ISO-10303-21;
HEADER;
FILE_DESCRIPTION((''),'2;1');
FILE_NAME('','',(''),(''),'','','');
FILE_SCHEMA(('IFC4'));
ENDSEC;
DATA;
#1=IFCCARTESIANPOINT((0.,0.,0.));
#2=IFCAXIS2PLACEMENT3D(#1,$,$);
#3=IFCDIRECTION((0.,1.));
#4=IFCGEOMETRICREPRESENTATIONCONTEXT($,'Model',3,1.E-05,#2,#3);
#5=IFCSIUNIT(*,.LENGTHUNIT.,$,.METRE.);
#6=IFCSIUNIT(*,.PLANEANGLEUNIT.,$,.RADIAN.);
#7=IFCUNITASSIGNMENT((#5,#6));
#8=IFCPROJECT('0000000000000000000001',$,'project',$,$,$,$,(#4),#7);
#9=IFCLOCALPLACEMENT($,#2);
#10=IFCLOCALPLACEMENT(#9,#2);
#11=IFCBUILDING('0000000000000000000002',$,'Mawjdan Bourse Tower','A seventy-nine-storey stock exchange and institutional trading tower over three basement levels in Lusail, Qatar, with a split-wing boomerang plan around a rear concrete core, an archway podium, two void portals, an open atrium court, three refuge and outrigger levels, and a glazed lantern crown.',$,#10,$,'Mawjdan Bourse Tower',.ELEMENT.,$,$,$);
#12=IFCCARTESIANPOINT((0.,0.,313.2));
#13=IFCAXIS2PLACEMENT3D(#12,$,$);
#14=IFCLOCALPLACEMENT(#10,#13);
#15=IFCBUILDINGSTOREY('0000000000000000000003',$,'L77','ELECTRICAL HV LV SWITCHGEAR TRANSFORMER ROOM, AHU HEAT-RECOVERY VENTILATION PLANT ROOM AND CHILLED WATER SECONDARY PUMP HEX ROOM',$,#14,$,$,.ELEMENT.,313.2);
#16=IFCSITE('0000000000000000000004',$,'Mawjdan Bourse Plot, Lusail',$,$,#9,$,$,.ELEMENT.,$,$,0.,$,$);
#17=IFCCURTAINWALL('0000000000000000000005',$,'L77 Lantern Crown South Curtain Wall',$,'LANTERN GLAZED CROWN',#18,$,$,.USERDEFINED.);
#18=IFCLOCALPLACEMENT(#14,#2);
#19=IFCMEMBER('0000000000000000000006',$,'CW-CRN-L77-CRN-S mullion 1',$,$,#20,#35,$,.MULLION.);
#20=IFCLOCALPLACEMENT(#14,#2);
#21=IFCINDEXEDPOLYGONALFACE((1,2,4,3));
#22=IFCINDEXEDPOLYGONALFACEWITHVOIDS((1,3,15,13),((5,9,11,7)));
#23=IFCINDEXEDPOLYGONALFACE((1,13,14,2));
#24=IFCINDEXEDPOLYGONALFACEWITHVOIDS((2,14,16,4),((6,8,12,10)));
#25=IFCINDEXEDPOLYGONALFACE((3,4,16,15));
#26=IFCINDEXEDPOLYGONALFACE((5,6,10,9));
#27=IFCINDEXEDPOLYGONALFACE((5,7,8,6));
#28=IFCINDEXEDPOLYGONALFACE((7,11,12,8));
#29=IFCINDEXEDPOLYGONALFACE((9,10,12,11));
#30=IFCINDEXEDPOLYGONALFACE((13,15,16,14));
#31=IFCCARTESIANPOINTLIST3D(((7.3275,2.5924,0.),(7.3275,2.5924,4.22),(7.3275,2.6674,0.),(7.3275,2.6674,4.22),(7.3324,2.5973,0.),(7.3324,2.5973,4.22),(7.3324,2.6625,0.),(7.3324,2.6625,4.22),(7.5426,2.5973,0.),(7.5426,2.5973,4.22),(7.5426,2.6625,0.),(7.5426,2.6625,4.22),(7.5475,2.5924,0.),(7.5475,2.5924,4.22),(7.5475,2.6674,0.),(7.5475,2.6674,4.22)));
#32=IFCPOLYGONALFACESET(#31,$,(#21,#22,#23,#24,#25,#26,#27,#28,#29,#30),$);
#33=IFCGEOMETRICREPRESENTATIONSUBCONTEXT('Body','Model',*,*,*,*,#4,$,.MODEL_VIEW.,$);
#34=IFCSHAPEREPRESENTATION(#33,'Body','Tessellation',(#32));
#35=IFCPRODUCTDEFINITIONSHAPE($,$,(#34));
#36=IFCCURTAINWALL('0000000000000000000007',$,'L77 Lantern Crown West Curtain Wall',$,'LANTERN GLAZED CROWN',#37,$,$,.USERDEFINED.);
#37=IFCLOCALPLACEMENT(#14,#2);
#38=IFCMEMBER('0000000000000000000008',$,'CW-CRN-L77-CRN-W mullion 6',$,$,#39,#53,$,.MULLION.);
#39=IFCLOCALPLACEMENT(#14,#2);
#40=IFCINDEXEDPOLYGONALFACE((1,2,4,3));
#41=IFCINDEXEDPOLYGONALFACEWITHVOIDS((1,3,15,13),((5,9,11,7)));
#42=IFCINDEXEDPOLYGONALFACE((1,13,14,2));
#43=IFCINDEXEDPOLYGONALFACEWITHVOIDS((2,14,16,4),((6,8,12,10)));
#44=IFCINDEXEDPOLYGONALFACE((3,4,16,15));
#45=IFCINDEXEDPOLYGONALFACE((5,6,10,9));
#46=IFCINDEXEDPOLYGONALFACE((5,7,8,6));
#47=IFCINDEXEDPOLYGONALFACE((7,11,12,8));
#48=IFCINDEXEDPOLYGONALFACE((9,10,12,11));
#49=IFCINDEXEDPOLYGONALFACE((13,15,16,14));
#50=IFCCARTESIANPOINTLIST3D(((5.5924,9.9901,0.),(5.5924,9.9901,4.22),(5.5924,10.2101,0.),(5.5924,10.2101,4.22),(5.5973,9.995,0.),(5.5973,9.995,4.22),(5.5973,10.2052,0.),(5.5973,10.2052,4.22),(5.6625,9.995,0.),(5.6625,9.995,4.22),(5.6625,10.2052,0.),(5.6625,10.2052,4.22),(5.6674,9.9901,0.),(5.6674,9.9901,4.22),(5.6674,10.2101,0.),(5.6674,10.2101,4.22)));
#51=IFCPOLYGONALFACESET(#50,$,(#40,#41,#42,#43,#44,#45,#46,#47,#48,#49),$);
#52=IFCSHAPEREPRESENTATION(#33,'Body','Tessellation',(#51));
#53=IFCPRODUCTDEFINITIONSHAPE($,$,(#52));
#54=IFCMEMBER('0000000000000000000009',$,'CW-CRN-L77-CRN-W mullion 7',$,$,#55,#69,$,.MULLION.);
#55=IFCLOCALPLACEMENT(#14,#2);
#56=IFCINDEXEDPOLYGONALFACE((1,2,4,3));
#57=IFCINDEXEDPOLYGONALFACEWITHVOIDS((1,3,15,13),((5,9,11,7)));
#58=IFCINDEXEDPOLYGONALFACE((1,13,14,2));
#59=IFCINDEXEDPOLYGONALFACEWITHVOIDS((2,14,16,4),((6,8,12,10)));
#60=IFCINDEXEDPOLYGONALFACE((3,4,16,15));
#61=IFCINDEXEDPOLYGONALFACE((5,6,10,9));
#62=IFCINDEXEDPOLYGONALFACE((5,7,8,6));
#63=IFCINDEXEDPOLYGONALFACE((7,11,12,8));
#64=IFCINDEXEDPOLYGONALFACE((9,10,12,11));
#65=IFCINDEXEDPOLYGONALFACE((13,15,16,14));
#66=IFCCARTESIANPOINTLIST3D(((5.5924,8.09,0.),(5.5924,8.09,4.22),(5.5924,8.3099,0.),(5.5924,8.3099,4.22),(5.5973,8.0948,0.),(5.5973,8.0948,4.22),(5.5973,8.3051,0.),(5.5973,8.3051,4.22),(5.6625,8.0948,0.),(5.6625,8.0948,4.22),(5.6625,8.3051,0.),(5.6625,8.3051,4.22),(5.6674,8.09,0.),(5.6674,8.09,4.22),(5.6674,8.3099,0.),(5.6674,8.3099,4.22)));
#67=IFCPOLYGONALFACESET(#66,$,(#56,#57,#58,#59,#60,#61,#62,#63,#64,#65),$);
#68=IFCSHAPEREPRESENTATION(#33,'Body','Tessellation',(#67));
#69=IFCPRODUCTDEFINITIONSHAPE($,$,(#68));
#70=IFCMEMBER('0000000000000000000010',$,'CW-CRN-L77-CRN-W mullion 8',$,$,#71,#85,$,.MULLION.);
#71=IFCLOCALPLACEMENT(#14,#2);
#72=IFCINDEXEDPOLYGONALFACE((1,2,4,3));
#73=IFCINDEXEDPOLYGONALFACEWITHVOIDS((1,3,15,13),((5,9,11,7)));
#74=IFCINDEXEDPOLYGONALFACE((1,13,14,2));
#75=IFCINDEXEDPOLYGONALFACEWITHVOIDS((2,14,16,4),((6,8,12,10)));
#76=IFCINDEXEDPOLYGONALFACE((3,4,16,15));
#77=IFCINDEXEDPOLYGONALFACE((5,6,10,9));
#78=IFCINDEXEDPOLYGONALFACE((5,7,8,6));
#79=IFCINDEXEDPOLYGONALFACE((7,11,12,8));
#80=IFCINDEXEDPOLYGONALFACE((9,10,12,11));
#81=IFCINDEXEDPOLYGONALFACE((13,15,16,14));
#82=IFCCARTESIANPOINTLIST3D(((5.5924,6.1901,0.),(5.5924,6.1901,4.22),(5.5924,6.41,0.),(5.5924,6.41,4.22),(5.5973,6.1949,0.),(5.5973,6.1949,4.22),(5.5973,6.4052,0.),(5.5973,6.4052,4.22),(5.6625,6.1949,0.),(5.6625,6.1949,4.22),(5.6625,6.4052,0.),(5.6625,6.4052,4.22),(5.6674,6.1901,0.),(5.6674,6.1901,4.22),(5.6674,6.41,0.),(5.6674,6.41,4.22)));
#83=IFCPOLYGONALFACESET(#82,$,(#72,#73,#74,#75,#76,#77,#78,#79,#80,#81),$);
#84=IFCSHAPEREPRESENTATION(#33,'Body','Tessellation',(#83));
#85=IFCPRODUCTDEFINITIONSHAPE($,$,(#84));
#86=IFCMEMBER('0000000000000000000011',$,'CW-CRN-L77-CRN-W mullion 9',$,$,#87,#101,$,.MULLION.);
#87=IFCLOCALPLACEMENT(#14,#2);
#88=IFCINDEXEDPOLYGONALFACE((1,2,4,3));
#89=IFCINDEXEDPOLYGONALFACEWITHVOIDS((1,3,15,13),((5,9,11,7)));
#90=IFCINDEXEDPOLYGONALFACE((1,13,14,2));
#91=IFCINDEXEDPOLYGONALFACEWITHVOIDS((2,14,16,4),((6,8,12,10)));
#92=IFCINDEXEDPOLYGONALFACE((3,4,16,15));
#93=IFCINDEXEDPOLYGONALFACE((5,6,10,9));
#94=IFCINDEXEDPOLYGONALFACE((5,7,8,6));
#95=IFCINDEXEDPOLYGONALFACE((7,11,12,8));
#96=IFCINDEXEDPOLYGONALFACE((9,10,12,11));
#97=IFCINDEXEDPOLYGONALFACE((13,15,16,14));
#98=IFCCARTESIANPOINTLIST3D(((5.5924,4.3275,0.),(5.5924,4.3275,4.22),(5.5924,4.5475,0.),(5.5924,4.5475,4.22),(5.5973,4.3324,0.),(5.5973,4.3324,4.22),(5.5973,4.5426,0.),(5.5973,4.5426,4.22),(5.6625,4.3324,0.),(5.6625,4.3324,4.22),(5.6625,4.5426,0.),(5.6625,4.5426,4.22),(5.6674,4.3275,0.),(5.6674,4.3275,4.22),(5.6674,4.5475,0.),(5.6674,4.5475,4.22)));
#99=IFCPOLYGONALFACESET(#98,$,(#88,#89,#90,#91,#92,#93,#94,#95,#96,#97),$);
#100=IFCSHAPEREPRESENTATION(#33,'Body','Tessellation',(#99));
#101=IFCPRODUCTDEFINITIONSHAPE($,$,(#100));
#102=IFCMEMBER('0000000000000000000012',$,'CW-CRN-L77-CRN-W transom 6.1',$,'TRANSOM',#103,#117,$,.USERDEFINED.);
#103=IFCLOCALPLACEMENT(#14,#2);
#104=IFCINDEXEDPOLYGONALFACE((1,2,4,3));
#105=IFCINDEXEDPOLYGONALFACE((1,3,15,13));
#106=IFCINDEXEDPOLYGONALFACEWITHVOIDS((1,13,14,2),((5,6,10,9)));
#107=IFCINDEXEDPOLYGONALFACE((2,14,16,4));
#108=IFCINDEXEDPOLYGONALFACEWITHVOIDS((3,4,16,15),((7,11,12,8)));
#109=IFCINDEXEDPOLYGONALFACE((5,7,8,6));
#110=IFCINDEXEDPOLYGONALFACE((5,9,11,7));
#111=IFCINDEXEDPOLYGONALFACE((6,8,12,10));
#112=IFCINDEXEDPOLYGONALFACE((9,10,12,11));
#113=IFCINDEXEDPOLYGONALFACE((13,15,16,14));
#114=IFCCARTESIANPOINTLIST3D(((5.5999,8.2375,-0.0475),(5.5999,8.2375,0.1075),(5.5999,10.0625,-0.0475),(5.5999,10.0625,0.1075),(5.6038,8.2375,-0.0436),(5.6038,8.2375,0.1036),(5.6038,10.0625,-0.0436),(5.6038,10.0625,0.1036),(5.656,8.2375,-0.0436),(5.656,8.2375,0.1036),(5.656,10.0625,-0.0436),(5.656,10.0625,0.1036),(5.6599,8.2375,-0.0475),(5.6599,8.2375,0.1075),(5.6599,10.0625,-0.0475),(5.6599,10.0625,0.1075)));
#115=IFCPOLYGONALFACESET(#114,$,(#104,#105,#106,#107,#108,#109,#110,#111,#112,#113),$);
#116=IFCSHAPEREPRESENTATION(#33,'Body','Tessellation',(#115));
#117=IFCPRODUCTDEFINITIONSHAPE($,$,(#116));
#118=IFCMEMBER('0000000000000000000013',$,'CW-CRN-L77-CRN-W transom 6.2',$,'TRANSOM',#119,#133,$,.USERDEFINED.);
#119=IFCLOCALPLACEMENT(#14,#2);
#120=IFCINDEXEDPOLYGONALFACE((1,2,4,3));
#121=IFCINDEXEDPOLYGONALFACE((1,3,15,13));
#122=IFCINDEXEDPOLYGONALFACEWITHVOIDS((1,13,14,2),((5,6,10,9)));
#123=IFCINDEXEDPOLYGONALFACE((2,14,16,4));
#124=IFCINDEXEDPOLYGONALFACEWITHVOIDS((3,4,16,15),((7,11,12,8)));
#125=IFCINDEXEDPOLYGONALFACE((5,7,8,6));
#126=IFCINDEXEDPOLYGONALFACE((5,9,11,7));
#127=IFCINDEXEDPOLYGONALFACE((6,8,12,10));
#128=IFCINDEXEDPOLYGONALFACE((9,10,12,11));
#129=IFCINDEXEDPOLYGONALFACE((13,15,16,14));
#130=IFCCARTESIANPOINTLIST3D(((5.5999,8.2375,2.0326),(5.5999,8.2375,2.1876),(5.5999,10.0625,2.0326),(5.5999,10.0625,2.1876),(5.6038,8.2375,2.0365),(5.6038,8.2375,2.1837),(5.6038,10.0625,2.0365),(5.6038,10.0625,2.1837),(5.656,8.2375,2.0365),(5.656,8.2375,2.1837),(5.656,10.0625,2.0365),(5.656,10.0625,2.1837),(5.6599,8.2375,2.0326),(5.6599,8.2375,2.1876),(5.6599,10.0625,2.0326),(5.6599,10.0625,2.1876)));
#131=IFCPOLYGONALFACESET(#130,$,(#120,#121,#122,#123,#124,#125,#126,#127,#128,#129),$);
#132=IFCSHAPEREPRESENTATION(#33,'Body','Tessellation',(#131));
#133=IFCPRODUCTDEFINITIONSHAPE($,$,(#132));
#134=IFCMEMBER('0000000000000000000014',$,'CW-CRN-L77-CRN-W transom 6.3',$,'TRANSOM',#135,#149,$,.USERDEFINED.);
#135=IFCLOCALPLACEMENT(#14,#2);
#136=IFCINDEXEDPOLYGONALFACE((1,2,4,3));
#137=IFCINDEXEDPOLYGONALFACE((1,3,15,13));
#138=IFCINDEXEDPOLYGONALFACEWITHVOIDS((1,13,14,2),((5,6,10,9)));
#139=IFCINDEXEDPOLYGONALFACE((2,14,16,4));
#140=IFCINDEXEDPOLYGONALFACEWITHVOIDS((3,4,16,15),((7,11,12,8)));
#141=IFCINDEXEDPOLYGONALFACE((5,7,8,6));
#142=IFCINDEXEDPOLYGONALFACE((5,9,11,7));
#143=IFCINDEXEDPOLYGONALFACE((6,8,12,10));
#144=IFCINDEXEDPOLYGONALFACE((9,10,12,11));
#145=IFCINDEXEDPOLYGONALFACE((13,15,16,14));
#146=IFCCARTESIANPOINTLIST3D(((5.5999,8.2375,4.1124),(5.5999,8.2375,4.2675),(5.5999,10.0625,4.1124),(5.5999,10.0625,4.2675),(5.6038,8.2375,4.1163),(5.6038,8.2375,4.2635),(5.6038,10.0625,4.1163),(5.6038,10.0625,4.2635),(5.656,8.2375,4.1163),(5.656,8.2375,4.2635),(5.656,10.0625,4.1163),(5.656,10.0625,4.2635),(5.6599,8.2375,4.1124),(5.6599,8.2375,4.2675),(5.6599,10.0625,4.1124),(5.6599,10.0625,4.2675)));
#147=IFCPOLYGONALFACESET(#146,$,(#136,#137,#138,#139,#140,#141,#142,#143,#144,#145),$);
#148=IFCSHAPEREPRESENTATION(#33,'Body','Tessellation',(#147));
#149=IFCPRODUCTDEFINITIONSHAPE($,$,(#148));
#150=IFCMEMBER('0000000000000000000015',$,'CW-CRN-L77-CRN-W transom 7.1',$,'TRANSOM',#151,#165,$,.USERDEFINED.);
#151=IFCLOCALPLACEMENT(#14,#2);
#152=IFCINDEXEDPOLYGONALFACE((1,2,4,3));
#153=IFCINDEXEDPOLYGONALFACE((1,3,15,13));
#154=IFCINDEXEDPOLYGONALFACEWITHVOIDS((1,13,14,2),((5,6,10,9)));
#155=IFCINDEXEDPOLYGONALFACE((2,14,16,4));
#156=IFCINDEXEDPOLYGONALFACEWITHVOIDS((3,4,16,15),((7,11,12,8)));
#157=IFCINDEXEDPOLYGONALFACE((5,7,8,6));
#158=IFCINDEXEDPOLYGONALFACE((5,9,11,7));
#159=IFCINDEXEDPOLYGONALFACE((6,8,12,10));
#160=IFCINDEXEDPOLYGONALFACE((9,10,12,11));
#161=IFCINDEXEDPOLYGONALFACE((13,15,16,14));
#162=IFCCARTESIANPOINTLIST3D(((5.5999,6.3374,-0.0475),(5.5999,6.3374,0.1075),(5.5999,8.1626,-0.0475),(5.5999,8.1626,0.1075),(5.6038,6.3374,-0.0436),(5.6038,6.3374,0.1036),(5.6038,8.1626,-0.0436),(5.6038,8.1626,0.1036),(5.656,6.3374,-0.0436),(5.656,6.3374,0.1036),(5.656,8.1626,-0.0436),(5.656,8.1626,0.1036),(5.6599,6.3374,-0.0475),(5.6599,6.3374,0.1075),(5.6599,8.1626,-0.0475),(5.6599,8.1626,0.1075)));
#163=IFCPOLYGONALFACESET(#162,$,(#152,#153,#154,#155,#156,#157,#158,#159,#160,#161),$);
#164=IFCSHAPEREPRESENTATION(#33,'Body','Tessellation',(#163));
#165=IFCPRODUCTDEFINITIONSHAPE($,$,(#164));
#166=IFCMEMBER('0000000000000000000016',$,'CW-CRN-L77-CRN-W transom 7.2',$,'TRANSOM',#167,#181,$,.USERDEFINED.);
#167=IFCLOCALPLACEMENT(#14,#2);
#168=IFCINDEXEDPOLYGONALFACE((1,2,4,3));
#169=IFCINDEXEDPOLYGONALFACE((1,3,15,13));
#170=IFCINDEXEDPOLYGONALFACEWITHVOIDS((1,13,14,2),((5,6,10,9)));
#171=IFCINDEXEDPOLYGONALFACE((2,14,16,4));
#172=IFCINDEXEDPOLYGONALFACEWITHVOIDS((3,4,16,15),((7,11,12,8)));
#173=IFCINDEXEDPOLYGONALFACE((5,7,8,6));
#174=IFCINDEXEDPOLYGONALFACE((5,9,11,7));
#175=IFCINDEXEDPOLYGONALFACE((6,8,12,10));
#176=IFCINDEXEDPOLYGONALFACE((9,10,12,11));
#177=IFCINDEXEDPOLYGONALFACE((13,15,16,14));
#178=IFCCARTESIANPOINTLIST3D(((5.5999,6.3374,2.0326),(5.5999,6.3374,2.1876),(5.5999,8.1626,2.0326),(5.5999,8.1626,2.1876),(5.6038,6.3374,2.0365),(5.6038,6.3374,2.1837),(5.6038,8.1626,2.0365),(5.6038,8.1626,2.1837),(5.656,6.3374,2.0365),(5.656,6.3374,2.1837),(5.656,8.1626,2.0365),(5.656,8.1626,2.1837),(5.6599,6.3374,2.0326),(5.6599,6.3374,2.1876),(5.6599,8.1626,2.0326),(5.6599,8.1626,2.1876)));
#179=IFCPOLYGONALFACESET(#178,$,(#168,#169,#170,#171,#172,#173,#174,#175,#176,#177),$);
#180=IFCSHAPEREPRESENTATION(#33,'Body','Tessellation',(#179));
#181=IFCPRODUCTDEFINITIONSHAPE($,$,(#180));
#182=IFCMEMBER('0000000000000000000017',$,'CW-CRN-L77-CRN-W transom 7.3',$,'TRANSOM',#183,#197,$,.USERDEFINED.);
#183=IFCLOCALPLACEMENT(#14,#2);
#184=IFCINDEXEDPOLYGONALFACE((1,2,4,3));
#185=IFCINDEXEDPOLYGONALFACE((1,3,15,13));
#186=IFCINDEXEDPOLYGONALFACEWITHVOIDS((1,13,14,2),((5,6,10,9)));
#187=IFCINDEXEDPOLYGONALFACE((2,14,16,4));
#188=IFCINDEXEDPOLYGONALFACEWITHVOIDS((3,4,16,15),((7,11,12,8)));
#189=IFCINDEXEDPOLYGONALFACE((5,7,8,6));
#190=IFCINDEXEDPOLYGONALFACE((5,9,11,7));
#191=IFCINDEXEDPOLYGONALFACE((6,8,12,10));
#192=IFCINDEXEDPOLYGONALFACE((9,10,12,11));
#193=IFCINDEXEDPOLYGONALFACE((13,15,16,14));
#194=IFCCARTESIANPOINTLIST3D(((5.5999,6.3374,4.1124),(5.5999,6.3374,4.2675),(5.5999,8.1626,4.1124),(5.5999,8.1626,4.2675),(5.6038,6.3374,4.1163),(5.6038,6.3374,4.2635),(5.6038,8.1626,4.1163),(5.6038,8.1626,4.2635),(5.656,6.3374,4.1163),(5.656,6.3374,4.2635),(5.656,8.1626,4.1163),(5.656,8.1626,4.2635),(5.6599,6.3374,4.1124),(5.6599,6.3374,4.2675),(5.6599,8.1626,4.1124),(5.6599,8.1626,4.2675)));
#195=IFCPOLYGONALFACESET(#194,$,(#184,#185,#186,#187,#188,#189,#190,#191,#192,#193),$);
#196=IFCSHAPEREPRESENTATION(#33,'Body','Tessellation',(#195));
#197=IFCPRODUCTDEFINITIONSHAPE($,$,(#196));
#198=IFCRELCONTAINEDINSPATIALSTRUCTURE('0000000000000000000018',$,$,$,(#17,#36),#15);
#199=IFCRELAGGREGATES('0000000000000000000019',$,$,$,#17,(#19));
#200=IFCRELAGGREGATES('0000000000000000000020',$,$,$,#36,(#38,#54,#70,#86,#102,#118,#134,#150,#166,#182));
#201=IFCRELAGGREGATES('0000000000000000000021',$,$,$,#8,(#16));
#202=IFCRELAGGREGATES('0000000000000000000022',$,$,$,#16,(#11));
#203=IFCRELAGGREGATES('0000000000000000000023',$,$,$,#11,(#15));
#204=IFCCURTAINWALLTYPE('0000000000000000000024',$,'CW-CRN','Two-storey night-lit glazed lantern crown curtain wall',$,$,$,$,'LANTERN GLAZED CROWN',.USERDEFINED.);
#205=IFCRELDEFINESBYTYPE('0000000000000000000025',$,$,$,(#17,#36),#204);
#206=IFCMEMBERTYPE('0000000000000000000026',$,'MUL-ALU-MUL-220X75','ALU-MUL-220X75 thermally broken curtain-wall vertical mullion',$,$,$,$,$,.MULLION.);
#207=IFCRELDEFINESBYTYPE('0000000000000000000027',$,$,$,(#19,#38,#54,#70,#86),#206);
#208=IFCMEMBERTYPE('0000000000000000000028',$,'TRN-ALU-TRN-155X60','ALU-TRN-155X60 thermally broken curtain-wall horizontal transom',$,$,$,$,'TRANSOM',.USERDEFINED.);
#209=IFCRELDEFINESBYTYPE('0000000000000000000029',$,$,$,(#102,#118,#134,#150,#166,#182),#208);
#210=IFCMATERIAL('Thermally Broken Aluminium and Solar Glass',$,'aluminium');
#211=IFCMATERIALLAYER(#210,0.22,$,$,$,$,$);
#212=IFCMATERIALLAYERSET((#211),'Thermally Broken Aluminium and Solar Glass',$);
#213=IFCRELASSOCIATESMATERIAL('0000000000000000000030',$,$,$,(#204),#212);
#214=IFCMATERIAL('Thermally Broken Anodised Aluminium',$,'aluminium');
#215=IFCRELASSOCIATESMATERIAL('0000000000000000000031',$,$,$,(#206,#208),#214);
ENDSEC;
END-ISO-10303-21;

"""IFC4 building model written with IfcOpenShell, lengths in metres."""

from ifc_helpers import new_model, si_unit, direction, frame, origin, origin_2d, place, context, subcontext, project, spatial, hollow_rectangle, extrude, material, layer, layer_set, material_profile, profile_set, type_object, element, aggregate, save


model = new_model("IFC4")

# Units and contexts
model_context = context("Model", 3, precision=1e-05, world=origin(), true_north=direction((0.0, 1.0)))
body_context = subcontext(model_context, "Body", "Model", "MODEL_VIEW")
ifc_project = project(units=[si_unit("LENGTHUNIT", "METRE"), si_unit("PLANEANGLEUNIT", "RADIAN")], contexts=[model_context])

# Site, building, storey
site_placement = place(None, origin())
site = spatial("IfcSite", under=ifc_project, at=site_placement, Name="Mawjdan Bourse Plot, Lusail", CompositionType="ELEMENT", RefElevation=0.0)
building_placement = place(site_placement, origin())
building = spatial("IfcBuilding", under=site, at=building_placement, Name="Mawjdan Bourse Tower", Description="A seventy-nine-storey stock exchange and institutional trading tower over three basement levels in Lusail, Qatar, with a split-wing boomerang plan around a rear concrete core, an archway podium, two void portals, an open atrium court, three refuge and outrigger levels, and a glazed lantern crown.", LongName="Mawjdan Bourse Tower", CompositionType="ELEMENT")
storey_placement = place(building_placement, frame((0.0, 0.0, 313.2)))
storey = spatial("IfcBuildingStorey", under=building, at=storey_placement, Name="L77", Description="ELECTRICAL HV LV SWITCHGEAR TRANSFORMER ROOM, AHU HEAT-RECOVERY VENTILATION PLANT ROOM AND CHILLED WATER SECONDARY PUMP HEX ROOM", CompositionType="ELEMENT", Elevation=313.2)

# Curtain wall, member
ifc_material_1 = material(Name="Thermally Broken Aluminium and Solar Glass", Category="aluminium")
ifc_layer_1 = layer(ifc_material_1, 0.22)
ifc_layer_set_1 = layer_set([ifc_layer_1], Name="Thermally Broken Aluminium and Solar Glass")
curtain_wall_type = type_object("IfcCurtainWallType", Name="CW-CRN", Description="Two-storey night-lit glazed lantern crown curtain wall", ElementType="LANTERN GLAZED CROWN", PredefinedType="USERDEFINED", material=ifc_layer_set_1)
curtain_wall_1_placement = place(storey_placement, origin())
curtain_wall_1 = element("IfcCurtainWall", 1, at=curtain_wall_1_placement, inside=storey, type_object=curtain_wall_type, Name="L77 Lantern Crown South Curtain Wall", ObjectType="LANTERN GLAZED CROWN", PredefinedType="USERDEFINED")
ifc_material_2 = material(Name="Thermally Broken Anodised Aluminium", Category="aluminium")
ifc_material_profile_1 = material_profile(ifc_material_2, hollow_rectangle(XDim=0.075, YDim=0.22, WallThickness=0.0049, at=origin_2d()), Name="ALU-MUL-220X75")
ifc_profile_set_1 = profile_set([ifc_material_profile_1], Name="Thermally Broken Anodised Aluminium")
member_type_1 = type_object("IfcMemberType", Name="MUL-ALU-MUL-220X75", Description="ALU-MUL-220X75 thermally broken curtain-wall vertical mullion", PredefinedType="MULLION", material=ifc_profile_set_1)
member_1_placement = place(storey_placement, frame((7.4375, 2.6299, 0.0), z_axis=(0.0, 0.0, 1.0), x_axis=(0.0, 1.0, 0.0)))
member_1 = element("IfcMember", 2, at=member_1_placement, type_object=member_type_1, Name="CW-CRN-L77-CRN-S mullion 1", PredefinedType="MULLION", context=body_context, shape_type="SweptSolid", body=[
    extrude(hollow_rectangle(XDim=0.075, YDim=0.22, WallThickness=0.0049, at=origin_2d()), origin(), (0.0, 0.0, 1.0), 4.22),
])
aggregate(curtain_wall_1, [member_1])

# Curtain wall, members
curtain_wall_2_placement = place(storey_placement, origin())
curtain_wall_2 = element("IfcCurtainWall", 3, at=curtain_wall_2_placement, inside=storey, type_object=curtain_wall_type, Name="L77 Lantern Crown West Curtain Wall", ObjectType="LANTERN GLAZED CROWN", PredefinedType="USERDEFINED")
member_2_placement = place(storey_placement, frame((5.6299, 10.1001, 0.0), z_axis=(0.0, 0.0, 1.0), x_axis=(1.0, 0.0, 0.0)))
member_2 = element("IfcMember", 4, at=member_2_placement, type_object=member_type_1, Name="CW-CRN-L77-CRN-W mullion 6", PredefinedType="MULLION", context=body_context, shape_type="SweptSolid", body=[
    extrude(hollow_rectangle(XDim=0.075, YDim=0.22, WallThickness=0.0049, at=origin_2d()), origin(), (0.0, 0.0, 1.0), 4.22),
])
member_3_placement = place(storey_placement, frame((5.6299, 8.2, 0.0), z_axis=(0.0, 0.0, 1.0), x_axis=(1.0, 0.0, 0.0)))
member_3 = element("IfcMember", 5, at=member_3_placement, type_object=member_type_1, Name="CW-CRN-L77-CRN-W mullion 7", PredefinedType="MULLION", context=body_context, shape_type="SweptSolid", body=[
    extrude(hollow_rectangle(XDim=0.075, YDim=0.22, WallThickness=0.0049, at=origin_2d()), origin(), (0.0, 0.0, 1.0), 4.22),
])
member_4_placement = place(storey_placement, frame((5.6299, 6.3, 0.0), z_axis=(0.0, 0.0, 1.0), x_axis=(1.0, 0.0, 0.0)))
member_4 = element("IfcMember", 6, at=member_4_placement, type_object=member_type_1, Name="CW-CRN-L77-CRN-W mullion 8", PredefinedType="MULLION", context=body_context, shape_type="SweptSolid", body=[
    extrude(hollow_rectangle(XDim=0.075, YDim=0.22, WallThickness=0.0049, at=origin_2d()), origin(), (0.0, 0.0, 1.0), 4.22),
])
member_5_placement = place(storey_placement, frame((5.6299, 4.4375, 0.0), z_axis=(0.0, 0.0, 1.0), x_axis=(1.0, 0.0, 0.0)))
member_5 = element("IfcMember", 7, at=member_5_placement, type_object=member_type_1, Name="CW-CRN-L77-CRN-W mullion 9", PredefinedType="MULLION", context=body_context, shape_type="SweptSolid", body=[
    extrude(hollow_rectangle(XDim=0.075, YDim=0.22, WallThickness=0.0049, at=origin_2d()), origin(), (0.0, 0.0, 1.0), 4.22),
])
ifc_material_profile_2 = material_profile(ifc_material_2, hollow_rectangle(XDim=0.0601, YDim=0.155, WallThickness=0.0039, at=origin_2d()), Name="ALU-TRN-155X60")
ifc_profile_set_2 = profile_set([ifc_material_profile_2], Name="Thermally Broken Anodised Aluminium")
member_type_2 = type_object("IfcMemberType", Name="TRN-ALU-TRN-155X60", Description="ALU-TRN-155X60 thermally broken curtain-wall horizontal transom", ElementType="TRANSOM", PredefinedType="USERDEFINED", material=ifc_profile_set_2)
member_6_placement = place(storey_placement, frame((5.6299, 10.0625, 0.03), z_axis=(0.0, -1.0, 0.0), x_axis=(1.0, 0.0, 0.0)))
member_6 = element("IfcMember", 8, at=member_6_placement, type_object=member_type_2, Name="CW-CRN-L77-CRN-W transom 6.1", ObjectType="TRANSOM", PredefinedType="USERDEFINED", context=body_context, shape_type="SweptSolid", body=[
    extrude(hollow_rectangle(XDim=0.0601, YDim=0.155, WallThickness=0.0039, at=origin_2d()), origin(), (0.0, 0.0, 1.0), 1.825),
])
member_7_placement = place(storey_placement, frame((5.6299, 10.0625, 2.1101), z_axis=(0.0, -1.0, 0.0), x_axis=(1.0, 0.0, 0.0)))
member_7 = element("IfcMember", 9, at=member_7_placement, type_object=member_type_2, Name="CW-CRN-L77-CRN-W transom 6.2", ObjectType="TRANSOM", PredefinedType="USERDEFINED", context=body_context, shape_type="SweptSolid", body=[
    extrude(hollow_rectangle(XDim=0.0601, YDim=0.155, WallThickness=0.0039, at=origin_2d()), origin(), (0.0, 0.0, 1.0), 1.825),
])
member_8_placement = place(storey_placement, frame((5.6299, 10.0625, 4.1899), z_axis=(0.0, -1.0, 0.0), x_axis=(1.0, 0.0, 0.0)))
member_8 = element("IfcMember", 10, at=member_8_placement, type_object=member_type_2, Name="CW-CRN-L77-CRN-W transom 6.3", ObjectType="TRANSOM", PredefinedType="USERDEFINED", context=body_context, shape_type="SweptSolid", body=[
    extrude(hollow_rectangle(XDim=0.0601, YDim=0.155, WallThickness=0.0039, at=origin_2d()), origin(), (0.0, 0.0, 1.0), 1.825),
])
member_9_placement = place(storey_placement, frame((5.6299, 8.1626, 0.03), z_axis=(0.0, -1.0, 0.0), x_axis=(1.0, 0.0, 0.0)))
member_9 = element("IfcMember", 11, at=member_9_placement, type_object=member_type_2, Name="CW-CRN-L77-CRN-W transom 7.1", ObjectType="TRANSOM", PredefinedType="USERDEFINED", context=body_context, shape_type="SweptSolid", body=[
    extrude(hollow_rectangle(XDim=0.0601, YDim=0.155, WallThickness=0.0039, at=origin_2d()), origin(), (0.0, 0.0, 1.0), 1.8252),
])
member_10_placement = place(storey_placement, frame((5.6299, 8.1626, 2.1101), z_axis=(0.0, -1.0, 0.0), x_axis=(1.0, 0.0, 0.0)))
member_10 = element("IfcMember", 12, at=member_10_placement, type_object=member_type_2, Name="CW-CRN-L77-CRN-W transom 7.2", ObjectType="TRANSOM", PredefinedType="USERDEFINED", context=body_context, shape_type="SweptSolid", body=[
    extrude(hollow_rectangle(XDim=0.0601, YDim=0.155, WallThickness=0.0039, at=origin_2d()), origin(), (0.0, 0.0, 1.0), 1.8252),
])
member_11_placement = place(storey_placement, frame((5.6299, 8.1626, 4.1899), z_axis=(0.0, -1.0, 0.0), x_axis=(1.0, 0.0, 0.0)))
member_11 = element("IfcMember", 13, at=member_11_placement, type_object=member_type_2, Name="CW-CRN-L77-CRN-W transom 7.3", ObjectType="TRANSOM", PredefinedType="USERDEFINED", context=body_context, shape_type="SweptSolid", body=[
    extrude(hollow_rectangle(XDim=0.0601, YDim=0.155, WallThickness=0.0039, at=origin_2d()), origin(), (0.0, 0.0, 1.0), 1.8252),
])
aggregate(curtain_wall_2, [member_2, member_3, member_4, member_5, member_6, member_7, member_8, member_9, member_10, member_11])

save(model, "model.ifc")
